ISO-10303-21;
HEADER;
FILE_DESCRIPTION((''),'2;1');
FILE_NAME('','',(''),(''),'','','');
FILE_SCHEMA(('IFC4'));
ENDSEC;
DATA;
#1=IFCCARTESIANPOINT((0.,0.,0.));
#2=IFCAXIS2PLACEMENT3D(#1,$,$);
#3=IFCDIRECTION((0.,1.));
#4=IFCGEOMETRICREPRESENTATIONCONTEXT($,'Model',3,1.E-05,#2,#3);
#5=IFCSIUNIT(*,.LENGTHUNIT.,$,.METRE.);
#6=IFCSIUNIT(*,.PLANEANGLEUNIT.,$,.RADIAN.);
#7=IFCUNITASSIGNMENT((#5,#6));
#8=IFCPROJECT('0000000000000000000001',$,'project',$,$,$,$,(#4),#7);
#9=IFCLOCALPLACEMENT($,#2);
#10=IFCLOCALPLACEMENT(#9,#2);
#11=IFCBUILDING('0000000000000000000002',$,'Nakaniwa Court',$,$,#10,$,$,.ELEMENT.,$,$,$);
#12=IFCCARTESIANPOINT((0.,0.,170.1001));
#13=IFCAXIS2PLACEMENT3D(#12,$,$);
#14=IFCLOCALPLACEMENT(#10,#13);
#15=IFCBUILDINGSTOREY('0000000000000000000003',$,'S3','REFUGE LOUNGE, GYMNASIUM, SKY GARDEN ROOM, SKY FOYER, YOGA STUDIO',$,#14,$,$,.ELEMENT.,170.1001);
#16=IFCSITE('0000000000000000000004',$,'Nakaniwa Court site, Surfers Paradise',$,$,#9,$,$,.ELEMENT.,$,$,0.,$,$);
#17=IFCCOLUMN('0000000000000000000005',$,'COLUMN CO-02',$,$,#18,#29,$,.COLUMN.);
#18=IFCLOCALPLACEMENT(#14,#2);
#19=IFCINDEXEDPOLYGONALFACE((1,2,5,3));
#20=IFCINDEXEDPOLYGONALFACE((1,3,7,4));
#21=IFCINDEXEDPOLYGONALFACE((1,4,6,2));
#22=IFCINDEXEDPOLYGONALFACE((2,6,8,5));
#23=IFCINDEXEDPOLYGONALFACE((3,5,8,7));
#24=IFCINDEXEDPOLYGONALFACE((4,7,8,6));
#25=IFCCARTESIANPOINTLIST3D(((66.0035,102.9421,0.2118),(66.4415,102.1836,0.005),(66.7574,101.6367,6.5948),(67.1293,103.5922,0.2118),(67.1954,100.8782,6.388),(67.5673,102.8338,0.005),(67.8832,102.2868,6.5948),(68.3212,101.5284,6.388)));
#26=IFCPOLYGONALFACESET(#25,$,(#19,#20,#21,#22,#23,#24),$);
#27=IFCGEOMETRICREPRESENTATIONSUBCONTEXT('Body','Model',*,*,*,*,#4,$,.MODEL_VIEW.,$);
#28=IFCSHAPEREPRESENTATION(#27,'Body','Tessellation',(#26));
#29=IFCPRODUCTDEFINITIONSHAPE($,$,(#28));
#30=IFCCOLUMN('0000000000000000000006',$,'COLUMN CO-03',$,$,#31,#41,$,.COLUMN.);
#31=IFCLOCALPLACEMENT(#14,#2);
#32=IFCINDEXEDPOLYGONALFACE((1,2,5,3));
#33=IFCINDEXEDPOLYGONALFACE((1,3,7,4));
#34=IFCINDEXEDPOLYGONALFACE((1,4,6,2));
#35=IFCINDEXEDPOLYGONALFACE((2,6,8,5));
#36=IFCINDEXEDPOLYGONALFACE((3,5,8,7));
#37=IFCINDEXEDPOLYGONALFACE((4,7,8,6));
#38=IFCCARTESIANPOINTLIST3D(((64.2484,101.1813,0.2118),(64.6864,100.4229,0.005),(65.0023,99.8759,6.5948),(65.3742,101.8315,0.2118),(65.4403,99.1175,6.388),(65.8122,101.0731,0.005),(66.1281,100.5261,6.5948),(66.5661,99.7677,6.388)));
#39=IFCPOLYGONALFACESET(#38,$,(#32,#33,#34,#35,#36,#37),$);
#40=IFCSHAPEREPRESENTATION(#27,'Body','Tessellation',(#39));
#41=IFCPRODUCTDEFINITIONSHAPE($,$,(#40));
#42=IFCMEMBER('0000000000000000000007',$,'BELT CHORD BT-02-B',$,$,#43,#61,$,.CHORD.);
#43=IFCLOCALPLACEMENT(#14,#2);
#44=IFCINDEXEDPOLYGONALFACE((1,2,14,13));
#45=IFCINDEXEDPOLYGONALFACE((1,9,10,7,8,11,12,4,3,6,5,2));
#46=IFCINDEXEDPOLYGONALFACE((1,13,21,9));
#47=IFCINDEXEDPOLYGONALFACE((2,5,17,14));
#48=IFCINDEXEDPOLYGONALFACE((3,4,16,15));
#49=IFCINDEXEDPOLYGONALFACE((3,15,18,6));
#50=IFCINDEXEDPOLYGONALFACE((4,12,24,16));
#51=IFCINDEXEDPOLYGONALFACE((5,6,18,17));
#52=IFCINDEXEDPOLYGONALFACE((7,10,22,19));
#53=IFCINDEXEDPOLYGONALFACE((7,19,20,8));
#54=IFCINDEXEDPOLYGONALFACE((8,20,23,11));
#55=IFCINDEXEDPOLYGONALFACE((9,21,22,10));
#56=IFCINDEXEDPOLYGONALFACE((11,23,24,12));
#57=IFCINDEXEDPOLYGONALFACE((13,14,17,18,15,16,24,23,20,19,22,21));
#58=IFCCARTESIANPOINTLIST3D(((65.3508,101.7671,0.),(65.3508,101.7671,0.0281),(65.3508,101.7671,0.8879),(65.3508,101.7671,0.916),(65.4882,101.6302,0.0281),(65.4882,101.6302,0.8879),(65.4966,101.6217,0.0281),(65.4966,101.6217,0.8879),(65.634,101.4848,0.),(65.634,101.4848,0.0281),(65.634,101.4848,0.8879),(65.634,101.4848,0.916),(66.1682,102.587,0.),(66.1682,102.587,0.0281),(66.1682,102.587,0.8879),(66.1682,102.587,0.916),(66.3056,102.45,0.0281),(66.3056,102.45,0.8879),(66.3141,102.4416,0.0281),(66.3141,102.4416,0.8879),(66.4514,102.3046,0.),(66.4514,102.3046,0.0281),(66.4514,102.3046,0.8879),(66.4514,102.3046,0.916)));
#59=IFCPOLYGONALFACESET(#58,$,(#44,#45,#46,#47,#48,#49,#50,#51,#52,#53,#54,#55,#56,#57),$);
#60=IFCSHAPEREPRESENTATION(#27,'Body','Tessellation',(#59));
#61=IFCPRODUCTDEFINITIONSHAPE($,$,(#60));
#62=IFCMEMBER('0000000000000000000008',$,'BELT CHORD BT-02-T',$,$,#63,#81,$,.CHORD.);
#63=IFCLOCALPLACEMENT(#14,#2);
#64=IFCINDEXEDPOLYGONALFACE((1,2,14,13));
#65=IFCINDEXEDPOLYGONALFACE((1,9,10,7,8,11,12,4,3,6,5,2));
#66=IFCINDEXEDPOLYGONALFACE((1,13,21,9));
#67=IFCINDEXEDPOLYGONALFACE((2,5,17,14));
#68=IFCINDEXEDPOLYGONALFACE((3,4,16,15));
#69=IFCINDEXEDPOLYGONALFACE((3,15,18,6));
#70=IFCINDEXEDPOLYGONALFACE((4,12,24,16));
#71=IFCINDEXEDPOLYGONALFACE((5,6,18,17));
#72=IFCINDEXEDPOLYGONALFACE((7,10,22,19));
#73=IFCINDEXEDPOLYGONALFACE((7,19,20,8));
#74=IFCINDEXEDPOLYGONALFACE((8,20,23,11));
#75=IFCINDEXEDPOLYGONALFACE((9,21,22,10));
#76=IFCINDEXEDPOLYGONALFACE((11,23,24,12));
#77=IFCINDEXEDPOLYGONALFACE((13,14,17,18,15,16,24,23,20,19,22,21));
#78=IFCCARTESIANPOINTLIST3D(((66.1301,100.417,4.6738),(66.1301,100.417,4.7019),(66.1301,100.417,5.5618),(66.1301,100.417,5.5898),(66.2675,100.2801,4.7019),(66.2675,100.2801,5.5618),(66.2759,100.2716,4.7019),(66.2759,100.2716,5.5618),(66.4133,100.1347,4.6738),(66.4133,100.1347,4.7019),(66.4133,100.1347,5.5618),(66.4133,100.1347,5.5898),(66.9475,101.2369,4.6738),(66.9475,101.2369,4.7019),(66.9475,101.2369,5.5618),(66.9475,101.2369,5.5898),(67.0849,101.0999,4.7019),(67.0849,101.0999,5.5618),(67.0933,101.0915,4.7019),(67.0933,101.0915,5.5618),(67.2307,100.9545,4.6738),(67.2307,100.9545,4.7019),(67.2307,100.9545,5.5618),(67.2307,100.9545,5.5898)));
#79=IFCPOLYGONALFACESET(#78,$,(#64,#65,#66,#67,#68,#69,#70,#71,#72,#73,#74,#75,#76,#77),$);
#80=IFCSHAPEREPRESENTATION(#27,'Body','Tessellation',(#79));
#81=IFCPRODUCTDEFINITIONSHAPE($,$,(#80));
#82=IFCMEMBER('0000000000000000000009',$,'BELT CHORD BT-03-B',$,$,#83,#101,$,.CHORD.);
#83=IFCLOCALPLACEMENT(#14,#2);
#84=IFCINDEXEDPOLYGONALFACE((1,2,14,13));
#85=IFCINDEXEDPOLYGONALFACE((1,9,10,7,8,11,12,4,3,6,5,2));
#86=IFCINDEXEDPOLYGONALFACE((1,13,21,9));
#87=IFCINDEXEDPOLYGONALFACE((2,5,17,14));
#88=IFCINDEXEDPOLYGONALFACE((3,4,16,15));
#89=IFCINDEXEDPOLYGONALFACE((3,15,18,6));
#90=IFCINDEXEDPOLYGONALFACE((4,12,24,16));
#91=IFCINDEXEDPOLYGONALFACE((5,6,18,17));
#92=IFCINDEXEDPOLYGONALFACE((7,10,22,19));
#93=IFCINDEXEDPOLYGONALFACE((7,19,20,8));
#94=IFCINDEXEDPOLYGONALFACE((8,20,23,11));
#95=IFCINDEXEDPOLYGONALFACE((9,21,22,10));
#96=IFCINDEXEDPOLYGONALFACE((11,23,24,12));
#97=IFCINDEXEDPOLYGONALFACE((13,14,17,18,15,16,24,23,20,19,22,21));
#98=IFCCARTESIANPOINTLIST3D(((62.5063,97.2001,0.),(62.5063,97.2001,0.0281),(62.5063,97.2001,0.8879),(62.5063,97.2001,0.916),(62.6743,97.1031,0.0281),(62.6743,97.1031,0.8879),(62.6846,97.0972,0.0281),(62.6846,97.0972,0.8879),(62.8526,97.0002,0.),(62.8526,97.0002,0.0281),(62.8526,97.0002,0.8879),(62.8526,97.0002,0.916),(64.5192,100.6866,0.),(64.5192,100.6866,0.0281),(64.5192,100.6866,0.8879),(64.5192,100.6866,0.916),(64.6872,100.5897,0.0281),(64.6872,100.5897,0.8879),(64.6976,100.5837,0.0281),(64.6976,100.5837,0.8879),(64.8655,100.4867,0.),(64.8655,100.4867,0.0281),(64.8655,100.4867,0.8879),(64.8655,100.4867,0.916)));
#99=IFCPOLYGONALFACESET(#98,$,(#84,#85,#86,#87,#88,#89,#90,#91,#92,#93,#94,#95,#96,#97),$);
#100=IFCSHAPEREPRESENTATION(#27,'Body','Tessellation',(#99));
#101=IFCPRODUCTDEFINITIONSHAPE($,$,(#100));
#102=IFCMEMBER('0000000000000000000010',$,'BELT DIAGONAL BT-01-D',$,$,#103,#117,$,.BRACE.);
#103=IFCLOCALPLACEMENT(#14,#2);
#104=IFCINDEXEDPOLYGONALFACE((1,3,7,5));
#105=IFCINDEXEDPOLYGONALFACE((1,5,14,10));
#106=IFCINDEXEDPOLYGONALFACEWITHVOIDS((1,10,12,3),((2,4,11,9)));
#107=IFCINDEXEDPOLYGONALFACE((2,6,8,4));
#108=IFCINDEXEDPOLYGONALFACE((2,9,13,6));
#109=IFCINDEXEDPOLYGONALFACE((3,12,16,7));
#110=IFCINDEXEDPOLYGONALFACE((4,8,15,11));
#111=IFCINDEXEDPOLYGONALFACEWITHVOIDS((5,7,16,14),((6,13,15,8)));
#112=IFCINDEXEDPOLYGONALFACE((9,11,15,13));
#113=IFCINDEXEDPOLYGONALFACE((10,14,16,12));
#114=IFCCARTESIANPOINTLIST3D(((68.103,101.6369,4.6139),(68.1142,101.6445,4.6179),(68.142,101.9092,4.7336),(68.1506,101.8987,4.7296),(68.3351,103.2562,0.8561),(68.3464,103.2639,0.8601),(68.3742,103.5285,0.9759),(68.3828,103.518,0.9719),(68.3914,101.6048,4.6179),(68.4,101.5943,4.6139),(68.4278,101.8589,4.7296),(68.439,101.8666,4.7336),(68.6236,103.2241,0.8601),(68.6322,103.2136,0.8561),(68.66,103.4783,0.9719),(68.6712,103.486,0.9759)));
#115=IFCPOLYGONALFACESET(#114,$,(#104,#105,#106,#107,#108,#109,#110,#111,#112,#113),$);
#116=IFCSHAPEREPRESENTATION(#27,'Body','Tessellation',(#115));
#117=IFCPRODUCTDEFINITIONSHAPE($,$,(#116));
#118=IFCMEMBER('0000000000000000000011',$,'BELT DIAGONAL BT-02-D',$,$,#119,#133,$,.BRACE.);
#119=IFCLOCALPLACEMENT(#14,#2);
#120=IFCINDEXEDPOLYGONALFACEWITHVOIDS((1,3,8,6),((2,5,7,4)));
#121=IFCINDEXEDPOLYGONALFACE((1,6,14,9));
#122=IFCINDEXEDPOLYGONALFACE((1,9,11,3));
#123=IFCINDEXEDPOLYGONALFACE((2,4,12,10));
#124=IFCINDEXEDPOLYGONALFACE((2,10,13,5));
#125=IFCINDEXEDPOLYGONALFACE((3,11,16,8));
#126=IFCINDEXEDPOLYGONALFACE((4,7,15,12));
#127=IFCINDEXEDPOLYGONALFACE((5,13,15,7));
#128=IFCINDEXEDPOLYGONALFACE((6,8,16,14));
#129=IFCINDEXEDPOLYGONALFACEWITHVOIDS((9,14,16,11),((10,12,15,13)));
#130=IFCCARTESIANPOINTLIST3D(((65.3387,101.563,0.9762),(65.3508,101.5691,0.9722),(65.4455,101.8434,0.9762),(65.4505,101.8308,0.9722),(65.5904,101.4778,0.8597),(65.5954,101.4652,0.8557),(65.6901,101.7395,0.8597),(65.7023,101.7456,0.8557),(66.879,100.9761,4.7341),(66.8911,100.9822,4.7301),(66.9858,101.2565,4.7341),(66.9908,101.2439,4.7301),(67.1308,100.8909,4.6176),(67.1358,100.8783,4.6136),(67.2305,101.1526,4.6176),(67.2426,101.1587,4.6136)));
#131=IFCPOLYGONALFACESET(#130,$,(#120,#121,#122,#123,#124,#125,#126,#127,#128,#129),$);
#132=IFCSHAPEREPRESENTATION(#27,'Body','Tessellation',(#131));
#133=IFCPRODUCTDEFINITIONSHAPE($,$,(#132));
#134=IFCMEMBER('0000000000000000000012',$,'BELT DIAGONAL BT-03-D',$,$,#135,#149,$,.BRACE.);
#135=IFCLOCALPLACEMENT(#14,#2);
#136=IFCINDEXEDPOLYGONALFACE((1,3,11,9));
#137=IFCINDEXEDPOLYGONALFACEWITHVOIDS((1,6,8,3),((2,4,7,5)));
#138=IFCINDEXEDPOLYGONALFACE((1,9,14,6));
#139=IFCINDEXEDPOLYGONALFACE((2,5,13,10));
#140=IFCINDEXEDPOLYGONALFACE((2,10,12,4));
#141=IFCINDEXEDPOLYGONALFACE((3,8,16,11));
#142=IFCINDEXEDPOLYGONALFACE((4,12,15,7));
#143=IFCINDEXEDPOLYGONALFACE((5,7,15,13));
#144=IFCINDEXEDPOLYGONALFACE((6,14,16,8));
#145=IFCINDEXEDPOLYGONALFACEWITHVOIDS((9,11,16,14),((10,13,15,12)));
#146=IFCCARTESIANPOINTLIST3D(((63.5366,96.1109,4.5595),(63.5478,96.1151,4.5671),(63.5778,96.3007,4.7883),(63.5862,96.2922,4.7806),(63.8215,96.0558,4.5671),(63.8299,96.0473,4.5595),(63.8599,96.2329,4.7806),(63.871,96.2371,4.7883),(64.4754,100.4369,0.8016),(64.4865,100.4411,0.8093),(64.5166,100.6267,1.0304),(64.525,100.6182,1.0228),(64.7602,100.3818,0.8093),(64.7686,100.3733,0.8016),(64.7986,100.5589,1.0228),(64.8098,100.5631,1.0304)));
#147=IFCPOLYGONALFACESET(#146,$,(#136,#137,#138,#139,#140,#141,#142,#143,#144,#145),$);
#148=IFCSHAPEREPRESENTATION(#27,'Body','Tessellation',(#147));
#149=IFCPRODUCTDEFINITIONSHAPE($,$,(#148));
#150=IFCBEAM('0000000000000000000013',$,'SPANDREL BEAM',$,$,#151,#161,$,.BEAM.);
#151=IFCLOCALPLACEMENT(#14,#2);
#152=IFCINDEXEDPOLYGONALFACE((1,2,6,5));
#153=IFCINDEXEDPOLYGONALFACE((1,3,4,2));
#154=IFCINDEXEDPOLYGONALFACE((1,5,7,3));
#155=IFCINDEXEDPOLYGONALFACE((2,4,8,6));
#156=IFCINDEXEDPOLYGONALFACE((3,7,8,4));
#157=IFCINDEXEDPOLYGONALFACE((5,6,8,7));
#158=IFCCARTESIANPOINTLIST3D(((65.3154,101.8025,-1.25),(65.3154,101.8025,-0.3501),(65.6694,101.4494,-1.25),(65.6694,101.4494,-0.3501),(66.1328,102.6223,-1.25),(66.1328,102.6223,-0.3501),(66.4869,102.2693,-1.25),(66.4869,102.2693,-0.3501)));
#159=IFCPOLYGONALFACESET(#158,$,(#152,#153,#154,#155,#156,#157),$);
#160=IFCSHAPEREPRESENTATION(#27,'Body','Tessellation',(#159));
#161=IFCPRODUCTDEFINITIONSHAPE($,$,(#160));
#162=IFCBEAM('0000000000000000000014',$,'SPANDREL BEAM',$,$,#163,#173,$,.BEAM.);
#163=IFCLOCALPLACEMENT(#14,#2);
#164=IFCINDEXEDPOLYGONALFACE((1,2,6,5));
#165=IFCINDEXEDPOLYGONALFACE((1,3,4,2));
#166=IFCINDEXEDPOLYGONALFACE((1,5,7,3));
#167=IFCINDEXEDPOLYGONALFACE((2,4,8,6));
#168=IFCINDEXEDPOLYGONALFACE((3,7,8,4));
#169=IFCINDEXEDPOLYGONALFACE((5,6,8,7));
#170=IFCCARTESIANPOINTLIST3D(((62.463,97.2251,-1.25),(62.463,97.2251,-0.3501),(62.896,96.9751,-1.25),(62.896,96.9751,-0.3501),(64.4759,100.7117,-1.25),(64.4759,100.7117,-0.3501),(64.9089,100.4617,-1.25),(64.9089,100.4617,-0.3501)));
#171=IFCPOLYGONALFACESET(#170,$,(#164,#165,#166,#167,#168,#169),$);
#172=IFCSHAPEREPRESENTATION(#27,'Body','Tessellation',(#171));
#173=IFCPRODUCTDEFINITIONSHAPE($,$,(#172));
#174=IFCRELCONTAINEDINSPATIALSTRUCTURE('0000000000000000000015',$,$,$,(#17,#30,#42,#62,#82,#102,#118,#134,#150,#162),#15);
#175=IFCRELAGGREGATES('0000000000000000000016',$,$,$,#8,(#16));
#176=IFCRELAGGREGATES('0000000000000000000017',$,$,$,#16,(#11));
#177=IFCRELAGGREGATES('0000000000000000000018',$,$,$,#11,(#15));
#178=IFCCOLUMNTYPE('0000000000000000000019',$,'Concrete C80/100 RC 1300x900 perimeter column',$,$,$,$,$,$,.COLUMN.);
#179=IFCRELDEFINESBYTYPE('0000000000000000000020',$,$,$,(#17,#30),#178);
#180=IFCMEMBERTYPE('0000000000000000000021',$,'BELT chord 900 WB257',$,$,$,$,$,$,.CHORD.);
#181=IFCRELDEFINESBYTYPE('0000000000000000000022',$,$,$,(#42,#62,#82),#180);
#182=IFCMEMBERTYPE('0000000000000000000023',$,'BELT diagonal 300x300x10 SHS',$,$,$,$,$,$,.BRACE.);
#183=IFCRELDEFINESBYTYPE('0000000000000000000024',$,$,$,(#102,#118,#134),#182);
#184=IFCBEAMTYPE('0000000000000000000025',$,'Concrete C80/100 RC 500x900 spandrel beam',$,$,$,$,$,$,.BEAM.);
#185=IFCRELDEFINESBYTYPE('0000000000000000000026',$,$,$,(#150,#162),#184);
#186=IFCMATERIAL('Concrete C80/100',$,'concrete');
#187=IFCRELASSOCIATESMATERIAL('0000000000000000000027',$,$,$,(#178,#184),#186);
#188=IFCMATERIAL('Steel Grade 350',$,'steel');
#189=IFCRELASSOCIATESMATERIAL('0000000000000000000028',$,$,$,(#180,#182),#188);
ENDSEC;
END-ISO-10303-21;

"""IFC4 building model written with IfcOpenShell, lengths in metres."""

from ifc_helpers import new_model, si_unit, direction, frame, origin, origin_2d, place, context, subcontext, project, spatial, rectangle, hollow_rectangle, i_section, extrude, material, material_profile, profile_set, type_object, element, save


model = new_model("IFC4")

# Units and contexts
model_context = context("Model", 3, precision=1e-05, world=origin(), true_north=direction((0.0, 1.0)))
body_context = subcontext(model_context, "Body", "Model", "MODEL_VIEW")
ifc_project = project(units=[si_unit("LENGTHUNIT", "METRE"), si_unit("PLANEANGLEUNIT", "RADIAN")], contexts=[model_context])

# Site, building, storey
site_placement = place(None, origin())
site = spatial("IfcSite", under=ifc_project, at=site_placement, Name="Nakaniwa Court site, Surfers Paradise", CompositionType="ELEMENT", RefElevation=0.0)
building_placement = place(site_placement, origin())
building = spatial("IfcBuilding", under=site, at=building_placement, Name="Nakaniwa Court", CompositionType="ELEMENT")
storey_placement = place(building_placement, frame((0.0, 0.0, 170.1001)))
storey = spatial("IfcBuildingStorey", under=building, at=storey_placement, Name="S3", Description="REFUGE LOUNGE, GYMNASIUM, SKY GARDEN ROOM, SKY FOYER, YOGA STUDIO", CompositionType="ELEMENT", Elevation=170.1001)

# Columns
ifc_material_1 = material(Name="Concrete C80/100", Category="concrete")
ifc_material_profile_1 = material_profile(ifc_material_1, rectangle(XDim=1.3, YDim=0.8999, at=origin_2d()), Name="Concrete C80/100 RC 1300x900 perimeter column")
ifc_profile_set_1 = profile_set([ifc_material_profile_1], Name="Concrete C80/100")
column_type = type_object("IfcColumnType", Name="Concrete C80/100 RC 1300x900 perimeter column", PredefinedType="COLUMN", material=ifc_profile_set_1)
for number, where, z_axis, x_axis, name in (
    (1, (66.7854, 102.8879, 0.1084), (0.114948, -0.199038, 0.973227), (0.865962, 0.50011, 0.0), "COLUMN CO-02"),
    (2, (65.0303, 101.1272, 0.1084), (0.114948, -0.199038, 0.973227), (0.865962, 0.50011, 0.0), "COLUMN CO-03"),
):
    element("IfcColumn", number, at=place(storey_placement, frame(where, z_axis=z_axis, x_axis=x_axis)), inside=storey, type_object=column_type, Name=name, PredefinedType="COLUMN", context=body_context, shape_type="SweptSolid", body=[
        extrude(rectangle(XDim=1.3, YDim=0.8999, at=origin_2d()), origin(), (0.0, 0.0, 1.0), 6.5586),
    ])

# Members
ifc_material_2 = material(Name="Steel Grade 350", Category="steel")
ifc_material_profile_2 = material_profile(ifc_material_2, i_section(OverallWidth=0.3999, OverallDepth=0.916, WebThickness=0.012, FlangeThickness=0.0281, at=origin_2d()), Name="900WB257")
ifc_profile_set_2 = profile_set([ifc_material_profile_2], Name="Steel Grade 350")
member_type_1 = type_object("IfcMemberType", Name="BELT chord 900 WB257", PredefinedType="CHORD", material=ifc_profile_set_2)
for number, where, z_axis, x_axis, name in (
    (3, (66.3098, 102.4458, 0.458), (-0.706052, -0.70816, 0.0), (0.70816, -0.706052, 0.0), "BELT CHORD BT-02-B"),
    (4, (67.0891, 101.0957, 5.1318), (-0.706052, -0.70816, 0.0), (0.70816, -0.706052, 0.0), "BELT CHORD BT-02-T"),
):
    element("IfcMember", number, at=place(storey_placement, frame(where, z_axis=z_axis, x_axis=x_axis)), inside=storey, type_object=member_type_1, Name=name, PredefinedType="CHORD", context=body_context, shape_type="SweptSolid", body=[
        extrude(i_section(OverallWidth=0.3999, OverallDepth=0.916, WebThickness=0.012, FlangeThickness=0.0281, at=origin_2d()), origin(), (0.0, 0.0, 1.0), 1.1577),
    ])
member_1_placement = place(storey_placement, frame((64.6924, 100.5867, 0.458), z_axis=(-0.499994, -0.866029, 0.0), x_axis=(0.866029, -0.499994, 0.0)))
element("IfcMember", 5, at=member_1_placement, inside=storey, type_object=member_type_1, Name="BELT CHORD BT-03-B", PredefinedType="CHORD", context=body_context, shape_type="SweptSolid", body=[
    extrude(i_section(OverallWidth=0.3999, OverallDepth=0.916, WebThickness=0.012, FlangeThickness=0.0281, at=origin_2d()), origin(), (0.0, 0.0, 1.0), 4.0259),
])
ifc_material_profile_3 = material_profile(ifc_material_2, hollow_rectangle(XDim=0.3, YDim=0.3, WallThickness=0.01, at=origin_2d()), Name="BELT diagonal 300x300x10 SHS")
ifc_profile_set_3 = profile_set([ifc_material_profile_3], Name="Steel Grade 350")
member_type_2 = type_object("IfcMemberType", Name="BELT diagonal 300x300x10 SHS", PredefinedType="BRACE", material=ifc_profile_set_3)
member_2_placement = place(storey_placement, frame((68.5032, 103.3711, 0.916), z_axis=(-0.05665, -0.395119, 0.916881), x_axis=(0.989878, -0.141923, 0.0)))
element("IfcMember", 6, at=member_2_placement, inside=storey, type_object=member_type_2, Name="BELT DIAGONAL BT-01-D", PredefinedType="BRACE", context=body_context, shape_type="SweptSolid", body=[
    extrude(hollow_rectangle(XDim=0.3, YDim=0.3, WallThickness=0.01, at=origin_2d()), origin(), (0.0, 0.0, 1.0), 4.0984),
])
member_3_placement = place(storey_placement, frame((67.0608, 101.0674, 4.6738), z_axis=(-0.375365, 0.14303, -0.915775), x_axis=(-0.356069, -0.93446, 0.0)))
element("IfcMember", 7, at=member_3_placement, inside=storey, type_object=member_type_2, Name="BELT DIAGONAL BT-02-D", PredefinedType="BRACE", context=body_context, shape_type="SweptSolid", body=[
    extrude(hollow_rectangle(XDim=0.3, YDim=0.3, WallThickness=0.01, at=origin_2d()), origin(), (0.0, 0.0, 1.0), 4.1035),
])
member_4_placement = place(storey_placement, frame((64.6426, 100.5, 0.916), z_axis=(-0.161666, -0.745008, 0.647168), x_axis=(0.977256, -0.212063, 0.0)))
element("IfcMember", 8, at=member_4_placement, inside=storey, type_object=member_type_2, Name="BELT DIAGONAL BT-03-D", PredefinedType="BRACE", context=body_context, shape_type="SweptSolid", body=[
    extrude(hollow_rectangle(XDim=0.3, YDim=0.3, WallThickness=0.01, at=origin_2d()), origin(), (0.0, 0.0, 1.0), 5.8066),
])

# Beams
ifc_material_profile_4 = material_profile(ifc_material_1, rectangle(XDim=0.5, YDim=0.8999, at=origin_2d()), Name="Concrete C80/100 RC 500x900 spandrel beam")
ifc_profile_set_4 = profile_set([ifc_material_profile_4], Name="Concrete C80/100")
beam_type = type_object("IfcBeamType", Name="Concrete C80/100 RC 500x900 spandrel beam", PredefinedType="BEAM", material=ifc_profile_set_4)
beam_1_placement = place(storey_placement, frame((66.3098, 102.4458, -0.8), z_axis=(-0.706052, -0.70816, 0.0), x_axis=(0.70816, -0.706052, 0.0)))
element("IfcBeam", 9, at=beam_1_placement, inside=storey, type_object=beam_type, Name="SPANDREL BEAM", PredefinedType="BEAM", context=body_context, shape_type="SweptSolid", body=[
    extrude(rectangle(XDim=0.5, YDim=0.8999, at=origin_2d()), origin(), (0.0, 0.0, 1.0), 1.1577),
])
beam_2_placement = place(storey_placement, frame((64.6924, 100.5867, -0.8), z_axis=(-0.499994, -0.866029, 0.0), x_axis=(0.866029, -0.499994, 0.0)))
element("IfcBeam", 10, at=beam_2_placement, inside=storey, type_object=beam_type, Name="SPANDREL BEAM", PredefinedType="BEAM", context=body_context, shape_type="SweptSolid", body=[
    extrude(rectangle(XDim=0.5, YDim=0.8999, at=origin_2d()), origin(), (0.0, 0.0, 1.0), 4.0259),
])

save(model, "model.ifc")
